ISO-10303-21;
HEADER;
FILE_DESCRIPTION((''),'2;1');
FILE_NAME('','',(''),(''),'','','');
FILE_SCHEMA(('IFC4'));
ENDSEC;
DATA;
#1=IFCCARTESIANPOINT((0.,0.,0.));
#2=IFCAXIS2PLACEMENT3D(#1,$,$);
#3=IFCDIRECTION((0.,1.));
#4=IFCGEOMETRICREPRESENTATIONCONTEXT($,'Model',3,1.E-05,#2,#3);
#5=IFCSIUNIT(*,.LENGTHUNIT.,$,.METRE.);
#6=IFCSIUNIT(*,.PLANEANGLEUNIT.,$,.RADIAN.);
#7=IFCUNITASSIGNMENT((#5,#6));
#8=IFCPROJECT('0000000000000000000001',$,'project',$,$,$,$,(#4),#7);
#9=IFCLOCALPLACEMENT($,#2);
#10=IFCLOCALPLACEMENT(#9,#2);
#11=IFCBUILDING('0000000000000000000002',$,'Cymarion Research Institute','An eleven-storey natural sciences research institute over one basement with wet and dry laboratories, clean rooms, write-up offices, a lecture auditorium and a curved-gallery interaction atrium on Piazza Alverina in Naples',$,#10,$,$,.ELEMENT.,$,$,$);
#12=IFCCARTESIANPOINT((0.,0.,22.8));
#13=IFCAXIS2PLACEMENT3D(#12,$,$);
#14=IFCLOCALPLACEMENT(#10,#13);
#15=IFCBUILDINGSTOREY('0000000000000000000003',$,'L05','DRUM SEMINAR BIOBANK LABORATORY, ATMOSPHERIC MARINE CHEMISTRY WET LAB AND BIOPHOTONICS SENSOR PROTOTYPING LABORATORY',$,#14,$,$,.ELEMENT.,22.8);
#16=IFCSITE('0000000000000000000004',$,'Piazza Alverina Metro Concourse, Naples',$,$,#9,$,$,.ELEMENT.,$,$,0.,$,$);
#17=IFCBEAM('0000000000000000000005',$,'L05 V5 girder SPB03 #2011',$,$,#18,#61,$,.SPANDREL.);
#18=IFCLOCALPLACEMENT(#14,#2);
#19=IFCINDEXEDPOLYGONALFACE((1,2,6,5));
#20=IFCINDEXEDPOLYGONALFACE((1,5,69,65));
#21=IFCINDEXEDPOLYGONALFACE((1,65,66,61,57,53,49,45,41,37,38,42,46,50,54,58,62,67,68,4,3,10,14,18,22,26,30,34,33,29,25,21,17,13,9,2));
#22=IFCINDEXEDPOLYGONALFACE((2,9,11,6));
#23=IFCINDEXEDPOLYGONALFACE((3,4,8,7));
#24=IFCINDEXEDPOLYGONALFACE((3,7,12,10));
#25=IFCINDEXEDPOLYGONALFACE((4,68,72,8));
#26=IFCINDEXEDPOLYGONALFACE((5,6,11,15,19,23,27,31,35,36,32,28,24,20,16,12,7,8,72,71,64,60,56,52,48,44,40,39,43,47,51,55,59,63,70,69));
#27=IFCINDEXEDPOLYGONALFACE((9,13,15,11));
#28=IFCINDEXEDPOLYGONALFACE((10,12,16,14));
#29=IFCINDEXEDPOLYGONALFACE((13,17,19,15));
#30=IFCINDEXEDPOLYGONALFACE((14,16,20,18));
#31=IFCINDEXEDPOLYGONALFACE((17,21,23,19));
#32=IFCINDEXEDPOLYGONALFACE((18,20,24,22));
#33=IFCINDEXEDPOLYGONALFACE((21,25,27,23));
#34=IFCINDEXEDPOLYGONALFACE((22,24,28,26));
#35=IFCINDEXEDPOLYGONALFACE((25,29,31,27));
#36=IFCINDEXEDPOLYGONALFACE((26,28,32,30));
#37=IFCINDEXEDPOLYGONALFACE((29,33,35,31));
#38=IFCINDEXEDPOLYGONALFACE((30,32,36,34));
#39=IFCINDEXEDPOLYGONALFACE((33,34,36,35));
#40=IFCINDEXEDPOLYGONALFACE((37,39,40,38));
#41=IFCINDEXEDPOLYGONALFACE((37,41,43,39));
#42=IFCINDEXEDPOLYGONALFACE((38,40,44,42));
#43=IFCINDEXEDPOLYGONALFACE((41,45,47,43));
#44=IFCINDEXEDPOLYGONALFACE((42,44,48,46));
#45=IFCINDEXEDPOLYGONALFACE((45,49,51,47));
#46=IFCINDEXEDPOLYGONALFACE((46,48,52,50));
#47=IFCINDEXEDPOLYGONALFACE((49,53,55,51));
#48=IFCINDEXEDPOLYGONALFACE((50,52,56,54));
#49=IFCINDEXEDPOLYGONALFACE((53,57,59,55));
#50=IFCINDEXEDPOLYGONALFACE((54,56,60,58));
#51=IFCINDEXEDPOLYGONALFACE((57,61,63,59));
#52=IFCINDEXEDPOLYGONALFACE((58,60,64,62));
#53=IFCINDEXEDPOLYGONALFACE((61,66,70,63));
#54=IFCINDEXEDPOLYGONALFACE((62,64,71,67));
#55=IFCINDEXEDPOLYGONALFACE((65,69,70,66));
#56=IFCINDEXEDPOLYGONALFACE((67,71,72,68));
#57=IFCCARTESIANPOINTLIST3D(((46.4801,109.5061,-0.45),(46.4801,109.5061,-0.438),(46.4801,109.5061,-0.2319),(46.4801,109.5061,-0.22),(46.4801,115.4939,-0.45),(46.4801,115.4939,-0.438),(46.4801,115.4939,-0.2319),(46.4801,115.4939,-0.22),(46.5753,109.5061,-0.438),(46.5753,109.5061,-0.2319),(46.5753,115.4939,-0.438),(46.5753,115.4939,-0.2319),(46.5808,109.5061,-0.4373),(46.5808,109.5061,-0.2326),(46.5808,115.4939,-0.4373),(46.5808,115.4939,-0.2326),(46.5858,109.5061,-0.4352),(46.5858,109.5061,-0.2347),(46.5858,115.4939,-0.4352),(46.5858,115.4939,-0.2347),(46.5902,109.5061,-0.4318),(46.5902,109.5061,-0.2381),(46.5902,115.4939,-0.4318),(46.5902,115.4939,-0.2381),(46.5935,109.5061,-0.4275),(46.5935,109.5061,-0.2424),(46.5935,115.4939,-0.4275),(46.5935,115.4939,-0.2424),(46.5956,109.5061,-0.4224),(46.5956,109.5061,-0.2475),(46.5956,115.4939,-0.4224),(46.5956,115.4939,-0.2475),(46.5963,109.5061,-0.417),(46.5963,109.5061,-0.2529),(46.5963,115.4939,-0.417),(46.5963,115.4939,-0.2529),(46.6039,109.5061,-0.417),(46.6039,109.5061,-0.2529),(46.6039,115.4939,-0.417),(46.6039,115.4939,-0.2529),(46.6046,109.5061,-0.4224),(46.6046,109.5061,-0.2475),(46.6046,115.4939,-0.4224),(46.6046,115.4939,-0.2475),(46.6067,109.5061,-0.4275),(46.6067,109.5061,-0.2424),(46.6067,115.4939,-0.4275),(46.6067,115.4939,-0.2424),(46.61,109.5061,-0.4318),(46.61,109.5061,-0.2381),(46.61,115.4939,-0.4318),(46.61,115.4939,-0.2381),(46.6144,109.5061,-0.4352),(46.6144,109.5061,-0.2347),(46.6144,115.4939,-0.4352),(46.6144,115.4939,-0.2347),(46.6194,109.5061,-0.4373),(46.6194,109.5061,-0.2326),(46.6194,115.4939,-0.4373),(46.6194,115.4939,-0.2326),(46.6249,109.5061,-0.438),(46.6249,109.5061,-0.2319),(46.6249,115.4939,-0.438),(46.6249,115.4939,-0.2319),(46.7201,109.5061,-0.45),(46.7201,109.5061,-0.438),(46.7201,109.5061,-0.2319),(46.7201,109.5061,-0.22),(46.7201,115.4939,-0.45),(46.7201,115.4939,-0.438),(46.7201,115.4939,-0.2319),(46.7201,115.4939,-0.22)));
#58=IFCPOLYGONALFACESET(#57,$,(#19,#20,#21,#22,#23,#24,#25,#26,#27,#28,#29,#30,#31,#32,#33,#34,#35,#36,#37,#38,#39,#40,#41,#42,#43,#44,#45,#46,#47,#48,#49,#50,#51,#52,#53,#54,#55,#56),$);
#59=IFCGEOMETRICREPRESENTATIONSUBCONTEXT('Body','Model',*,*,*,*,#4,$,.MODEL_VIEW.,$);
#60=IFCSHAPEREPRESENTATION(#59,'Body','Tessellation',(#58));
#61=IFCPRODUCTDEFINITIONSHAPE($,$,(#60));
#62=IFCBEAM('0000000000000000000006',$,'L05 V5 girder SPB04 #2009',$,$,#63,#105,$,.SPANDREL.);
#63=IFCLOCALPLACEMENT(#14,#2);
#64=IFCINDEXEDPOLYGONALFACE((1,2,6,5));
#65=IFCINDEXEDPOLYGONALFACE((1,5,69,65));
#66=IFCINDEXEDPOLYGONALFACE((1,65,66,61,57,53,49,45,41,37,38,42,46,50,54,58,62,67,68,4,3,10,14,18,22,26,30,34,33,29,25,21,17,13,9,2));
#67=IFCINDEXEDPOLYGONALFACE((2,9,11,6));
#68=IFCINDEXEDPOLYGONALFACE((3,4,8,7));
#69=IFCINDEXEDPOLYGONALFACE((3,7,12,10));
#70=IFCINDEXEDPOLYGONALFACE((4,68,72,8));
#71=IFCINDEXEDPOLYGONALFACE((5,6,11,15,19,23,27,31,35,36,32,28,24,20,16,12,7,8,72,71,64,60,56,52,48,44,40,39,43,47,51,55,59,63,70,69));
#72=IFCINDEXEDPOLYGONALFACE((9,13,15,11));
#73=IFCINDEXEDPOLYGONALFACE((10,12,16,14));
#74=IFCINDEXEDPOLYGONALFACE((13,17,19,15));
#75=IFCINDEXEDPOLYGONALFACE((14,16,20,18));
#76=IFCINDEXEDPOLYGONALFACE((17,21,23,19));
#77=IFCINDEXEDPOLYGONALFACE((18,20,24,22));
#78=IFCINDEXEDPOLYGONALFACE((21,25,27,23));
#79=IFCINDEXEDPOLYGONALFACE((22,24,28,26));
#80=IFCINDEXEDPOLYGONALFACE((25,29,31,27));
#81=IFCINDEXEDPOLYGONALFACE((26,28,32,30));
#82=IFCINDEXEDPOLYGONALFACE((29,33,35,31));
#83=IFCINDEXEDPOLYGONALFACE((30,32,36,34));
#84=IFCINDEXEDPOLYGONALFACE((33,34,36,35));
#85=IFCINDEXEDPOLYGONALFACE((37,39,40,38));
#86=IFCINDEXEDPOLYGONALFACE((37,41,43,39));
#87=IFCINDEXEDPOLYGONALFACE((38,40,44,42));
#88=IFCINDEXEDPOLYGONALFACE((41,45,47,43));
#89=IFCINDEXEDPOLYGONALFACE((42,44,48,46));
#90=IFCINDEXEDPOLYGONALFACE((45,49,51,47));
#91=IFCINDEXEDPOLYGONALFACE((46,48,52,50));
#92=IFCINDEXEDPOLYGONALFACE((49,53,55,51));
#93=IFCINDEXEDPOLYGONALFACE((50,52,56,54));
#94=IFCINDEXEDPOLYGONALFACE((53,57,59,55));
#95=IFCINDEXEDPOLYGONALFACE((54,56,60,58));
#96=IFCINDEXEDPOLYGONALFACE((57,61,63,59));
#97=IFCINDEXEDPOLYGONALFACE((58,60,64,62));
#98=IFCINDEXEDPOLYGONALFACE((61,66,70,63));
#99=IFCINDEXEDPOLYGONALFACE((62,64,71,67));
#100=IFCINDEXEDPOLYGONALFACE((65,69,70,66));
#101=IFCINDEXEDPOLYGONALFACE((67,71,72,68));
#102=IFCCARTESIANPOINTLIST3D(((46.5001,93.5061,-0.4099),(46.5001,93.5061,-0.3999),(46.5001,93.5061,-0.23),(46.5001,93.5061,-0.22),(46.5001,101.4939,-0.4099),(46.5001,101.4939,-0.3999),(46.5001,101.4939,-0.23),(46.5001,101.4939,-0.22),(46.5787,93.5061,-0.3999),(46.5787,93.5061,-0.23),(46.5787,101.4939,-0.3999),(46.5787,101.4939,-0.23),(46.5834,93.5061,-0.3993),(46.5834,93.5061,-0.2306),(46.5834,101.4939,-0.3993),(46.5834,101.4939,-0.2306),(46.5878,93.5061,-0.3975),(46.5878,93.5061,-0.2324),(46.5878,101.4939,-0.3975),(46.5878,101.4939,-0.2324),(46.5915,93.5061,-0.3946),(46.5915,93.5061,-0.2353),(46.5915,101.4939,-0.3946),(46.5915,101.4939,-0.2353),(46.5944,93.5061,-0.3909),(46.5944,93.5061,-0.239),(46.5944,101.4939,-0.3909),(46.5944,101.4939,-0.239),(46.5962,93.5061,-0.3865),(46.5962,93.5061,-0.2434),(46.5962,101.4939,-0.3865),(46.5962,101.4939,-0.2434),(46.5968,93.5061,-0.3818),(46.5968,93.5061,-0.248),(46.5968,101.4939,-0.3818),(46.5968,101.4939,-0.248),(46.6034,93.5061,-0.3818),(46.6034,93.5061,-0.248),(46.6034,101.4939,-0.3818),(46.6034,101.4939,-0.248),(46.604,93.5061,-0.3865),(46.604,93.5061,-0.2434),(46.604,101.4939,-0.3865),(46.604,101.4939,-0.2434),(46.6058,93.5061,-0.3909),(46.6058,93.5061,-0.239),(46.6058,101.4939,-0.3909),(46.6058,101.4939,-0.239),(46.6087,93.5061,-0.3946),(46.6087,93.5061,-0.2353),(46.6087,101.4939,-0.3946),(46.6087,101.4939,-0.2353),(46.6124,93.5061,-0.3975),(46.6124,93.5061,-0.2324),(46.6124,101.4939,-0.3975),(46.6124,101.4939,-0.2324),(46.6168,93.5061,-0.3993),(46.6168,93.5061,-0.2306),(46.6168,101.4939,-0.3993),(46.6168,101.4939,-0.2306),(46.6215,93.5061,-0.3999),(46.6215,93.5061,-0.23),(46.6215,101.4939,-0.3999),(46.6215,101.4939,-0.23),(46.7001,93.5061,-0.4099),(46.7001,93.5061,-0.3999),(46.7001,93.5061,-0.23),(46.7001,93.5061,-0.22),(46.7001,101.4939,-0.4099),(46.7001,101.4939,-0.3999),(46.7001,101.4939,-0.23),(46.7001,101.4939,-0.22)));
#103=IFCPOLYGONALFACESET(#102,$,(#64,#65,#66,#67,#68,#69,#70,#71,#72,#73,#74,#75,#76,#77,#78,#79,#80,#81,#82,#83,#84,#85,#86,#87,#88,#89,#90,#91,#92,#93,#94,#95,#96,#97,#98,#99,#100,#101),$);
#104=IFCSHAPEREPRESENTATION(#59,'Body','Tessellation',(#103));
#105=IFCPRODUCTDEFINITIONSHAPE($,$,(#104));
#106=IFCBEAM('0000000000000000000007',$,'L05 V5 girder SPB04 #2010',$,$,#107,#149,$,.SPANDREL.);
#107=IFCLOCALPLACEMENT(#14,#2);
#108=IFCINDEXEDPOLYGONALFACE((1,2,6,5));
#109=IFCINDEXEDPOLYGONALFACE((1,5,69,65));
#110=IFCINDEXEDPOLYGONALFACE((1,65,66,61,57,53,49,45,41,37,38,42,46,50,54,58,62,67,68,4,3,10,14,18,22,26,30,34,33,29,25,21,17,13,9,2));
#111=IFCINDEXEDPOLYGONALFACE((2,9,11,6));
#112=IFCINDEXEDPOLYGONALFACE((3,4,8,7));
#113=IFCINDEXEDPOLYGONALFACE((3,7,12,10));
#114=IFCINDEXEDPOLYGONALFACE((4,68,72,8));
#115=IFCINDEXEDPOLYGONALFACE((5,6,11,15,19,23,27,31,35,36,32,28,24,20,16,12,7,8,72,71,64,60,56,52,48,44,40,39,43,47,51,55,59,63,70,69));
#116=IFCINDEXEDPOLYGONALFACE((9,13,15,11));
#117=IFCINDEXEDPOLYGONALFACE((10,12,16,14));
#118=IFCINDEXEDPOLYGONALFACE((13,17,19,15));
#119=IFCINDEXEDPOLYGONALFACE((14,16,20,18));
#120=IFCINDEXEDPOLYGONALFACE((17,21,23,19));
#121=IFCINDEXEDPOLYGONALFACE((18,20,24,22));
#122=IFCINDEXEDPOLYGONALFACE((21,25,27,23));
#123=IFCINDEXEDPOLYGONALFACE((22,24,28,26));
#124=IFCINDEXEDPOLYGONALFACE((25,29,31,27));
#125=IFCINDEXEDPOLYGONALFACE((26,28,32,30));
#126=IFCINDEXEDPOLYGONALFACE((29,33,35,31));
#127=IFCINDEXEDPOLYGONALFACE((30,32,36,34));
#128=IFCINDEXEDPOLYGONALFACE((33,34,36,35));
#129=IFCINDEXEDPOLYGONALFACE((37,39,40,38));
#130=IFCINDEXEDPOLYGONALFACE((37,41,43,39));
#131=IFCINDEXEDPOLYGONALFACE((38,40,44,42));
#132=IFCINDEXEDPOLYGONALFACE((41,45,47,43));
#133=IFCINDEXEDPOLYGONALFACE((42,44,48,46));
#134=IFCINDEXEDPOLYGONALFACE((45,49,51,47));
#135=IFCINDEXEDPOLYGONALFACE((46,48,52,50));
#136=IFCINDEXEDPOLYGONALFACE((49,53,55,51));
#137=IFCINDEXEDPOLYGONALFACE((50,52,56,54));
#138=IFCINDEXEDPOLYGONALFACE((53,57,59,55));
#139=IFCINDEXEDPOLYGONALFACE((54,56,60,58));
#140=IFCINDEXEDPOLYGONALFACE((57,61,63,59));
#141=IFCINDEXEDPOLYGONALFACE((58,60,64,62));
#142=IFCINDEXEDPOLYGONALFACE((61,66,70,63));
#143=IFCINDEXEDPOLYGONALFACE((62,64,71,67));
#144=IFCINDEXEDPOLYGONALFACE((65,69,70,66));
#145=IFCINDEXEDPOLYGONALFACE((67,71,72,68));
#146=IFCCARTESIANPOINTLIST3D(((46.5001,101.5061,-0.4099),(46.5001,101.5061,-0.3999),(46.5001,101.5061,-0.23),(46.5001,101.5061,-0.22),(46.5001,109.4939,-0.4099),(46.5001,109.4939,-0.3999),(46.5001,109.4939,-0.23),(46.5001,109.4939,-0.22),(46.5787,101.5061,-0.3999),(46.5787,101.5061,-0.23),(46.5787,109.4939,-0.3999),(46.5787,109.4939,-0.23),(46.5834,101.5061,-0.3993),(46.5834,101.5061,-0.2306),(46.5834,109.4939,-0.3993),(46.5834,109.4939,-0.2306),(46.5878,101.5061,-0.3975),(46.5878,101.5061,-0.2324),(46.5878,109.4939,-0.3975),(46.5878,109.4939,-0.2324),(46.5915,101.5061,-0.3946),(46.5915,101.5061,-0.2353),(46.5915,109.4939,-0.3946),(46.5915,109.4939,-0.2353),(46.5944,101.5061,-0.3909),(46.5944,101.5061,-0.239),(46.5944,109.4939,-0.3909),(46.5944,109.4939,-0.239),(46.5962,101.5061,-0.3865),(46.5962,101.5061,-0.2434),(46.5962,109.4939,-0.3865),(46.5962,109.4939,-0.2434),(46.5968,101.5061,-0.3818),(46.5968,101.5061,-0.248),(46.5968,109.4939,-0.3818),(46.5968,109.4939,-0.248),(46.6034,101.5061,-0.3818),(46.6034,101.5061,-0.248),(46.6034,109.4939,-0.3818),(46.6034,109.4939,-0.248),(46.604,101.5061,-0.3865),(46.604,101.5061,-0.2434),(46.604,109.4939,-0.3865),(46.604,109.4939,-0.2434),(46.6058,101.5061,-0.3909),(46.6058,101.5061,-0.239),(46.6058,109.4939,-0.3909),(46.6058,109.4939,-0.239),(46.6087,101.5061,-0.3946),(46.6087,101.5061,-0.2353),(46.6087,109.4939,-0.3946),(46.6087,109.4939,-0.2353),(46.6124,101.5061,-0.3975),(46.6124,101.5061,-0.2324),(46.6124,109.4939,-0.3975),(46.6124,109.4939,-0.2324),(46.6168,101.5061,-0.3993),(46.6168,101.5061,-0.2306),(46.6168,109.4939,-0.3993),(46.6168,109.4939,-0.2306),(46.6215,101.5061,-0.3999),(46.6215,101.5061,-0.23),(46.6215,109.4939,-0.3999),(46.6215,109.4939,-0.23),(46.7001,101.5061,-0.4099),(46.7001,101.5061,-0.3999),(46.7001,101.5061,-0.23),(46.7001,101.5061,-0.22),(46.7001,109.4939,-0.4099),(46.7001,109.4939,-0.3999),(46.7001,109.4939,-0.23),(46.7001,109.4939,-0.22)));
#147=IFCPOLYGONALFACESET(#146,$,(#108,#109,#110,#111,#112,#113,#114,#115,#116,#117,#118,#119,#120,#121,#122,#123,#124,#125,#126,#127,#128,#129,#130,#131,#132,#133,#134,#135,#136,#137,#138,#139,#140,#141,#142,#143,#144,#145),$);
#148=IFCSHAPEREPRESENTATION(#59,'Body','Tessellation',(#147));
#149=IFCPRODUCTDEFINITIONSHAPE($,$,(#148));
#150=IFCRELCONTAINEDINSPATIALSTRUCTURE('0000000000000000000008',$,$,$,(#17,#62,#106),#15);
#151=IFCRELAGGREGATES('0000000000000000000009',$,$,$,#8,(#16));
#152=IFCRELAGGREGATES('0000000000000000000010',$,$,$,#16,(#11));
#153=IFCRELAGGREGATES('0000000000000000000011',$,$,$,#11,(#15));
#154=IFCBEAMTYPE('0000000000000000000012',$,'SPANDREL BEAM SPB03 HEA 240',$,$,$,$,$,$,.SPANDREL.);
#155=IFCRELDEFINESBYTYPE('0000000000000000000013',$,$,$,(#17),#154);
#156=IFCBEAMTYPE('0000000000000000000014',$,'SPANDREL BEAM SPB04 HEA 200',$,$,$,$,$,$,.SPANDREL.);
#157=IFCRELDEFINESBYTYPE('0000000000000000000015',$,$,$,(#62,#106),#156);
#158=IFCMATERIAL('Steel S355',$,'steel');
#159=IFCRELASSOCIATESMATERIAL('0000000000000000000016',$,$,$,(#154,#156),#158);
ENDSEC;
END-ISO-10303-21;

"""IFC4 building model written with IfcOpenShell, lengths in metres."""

from ifc_helpers import new_model, si_unit, direction, frame, origin, origin_2d, place, context, subcontext, project, spatial, i_section, extrude, material, material_profile, profile_set, type_object, element, save


model = new_model("IFC4")

# Units and contexts
model_context = context("Model", 3, precision=1e-05, world=origin(), true_north=direction((0.0, 1.0)))
body_context = subcontext(model_context, "Body", "Model", "MODEL_VIEW")
ifc_project = project(units=[si_unit("LENGTHUNIT", "METRE"), si_unit("PLANEANGLEUNIT", "RADIAN")], contexts=[model_context])

# Site, building, storey
site_placement = place(None, origin())
site = spatial("IfcSite", under=ifc_project, at=site_placement, Name="Piazza Alverina Metro Concourse, Naples", CompositionType="ELEMENT", RefElevation=0.0)
building_placement = place(site_placement, origin())
building = spatial("IfcBuilding", under=site, at=building_placement, Name="Cymarion Research Institute", Description="An eleven-storey natural sciences research institute over one basement with wet and dry laboratories, clean rooms, write-up offices, a lecture auditorium and a curved-gallery interaction atrium on Piazza Alverina in Naples", CompositionType="ELEMENT")
storey_placement = place(building_placement, frame((0.0, 0.0, 22.8)))
storey = spatial("IfcBuildingStorey", under=building, at=storey_placement, Name="L05", Description="DRUM SEMINAR BIOBANK LABORATORY, ATMOSPHERIC MARINE CHEMISTRY WET LAB AND BIOPHOTONICS SENSOR PROTOTYPING LABORATORY", CompositionType="ELEMENT", Elevation=22.8)

# Shared definitions
ifc_material_1 = material(Name="Steel S355", Category="steel")

# Beams
ifc_material_profile_1 = material_profile(ifc_material_1, i_section(OverallWidth=0.24, OverallDepth=0.23, WebThickness=0.0076, FlangeThickness=0.012, FilletRadius=0.021, at=origin_2d()), Name="HEA 240")
ifc_profile_set_1 = profile_set([ifc_material_profile_1], Name="Steel S355")
beam_type_1 = type_object("IfcBeamType", Name="SPANDREL BEAM SPB03 HEA 240", PredefinedType="SPANDREL", material=ifc_profile_set_1)
beam_placement = place(storey_placement, frame((46.6001, 109.5061, -0.335), z_axis=(0.0, 1.0, 0.0), x_axis=(-1.0, 0.0, 0.0)))
element("IfcBeam", 1, at=beam_placement, inside=storey, type_object=beam_type_1, Name="L05 V5 girder SPB03 #2011", PredefinedType="SPANDREL", context=body_context, shape_type="SweptSolid", body=[
    extrude(i_section(OverallWidth=0.24, OverallDepth=0.23, WebThickness=0.0076, FlangeThickness=0.012, FilletRadius=0.021, at=origin_2d()), origin(), (0.0, 0.0, 1.0), 5.9878),
])
ifc_material_profile_2 = material_profile(ifc_material_1, i_section(OverallWidth=0.2, OverallDepth=0.1899, WebThickness=0.0066, FlangeThickness=0.01, FilletRadius=0.0181, at=origin_2d()), Name="HEA 200")
ifc_profile_set_2 = profile_set([ifc_material_profile_2], Name="Steel S355")
beam_type_2 = type_object("IfcBeamType", Name="SPANDREL BEAM SPB04 HEA 200", PredefinedType="SPANDREL", material=ifc_profile_set_2)
for number, where, z_axis, x_axis, name in (
    (2, (46.6001, 93.5061, -0.3149), (0.0, 1.0, 0.0), (-1.0, 0.0, 0.0), "L05 V5 girder SPB04 #2009"),
    (3, (46.6001, 101.5061, -0.3149), (0.0, 1.0, 0.0), (-1.0, 0.0, 0.0), "L05 V5 girder SPB04 #2010"),
):
    element("IfcBeam", number, at=place(storey_placement, frame(where, z_axis=z_axis, x_axis=x_axis)), inside=storey, type_object=beam_type_2, Name=name, PredefinedType="SPANDREL", context=body_context, shape_type="SweptSolid", body=[
        extrude(i_section(OverallWidth=0.2, OverallDepth=0.1899, WebThickness=0.0066, FlangeThickness=0.01, FilletRadius=0.0181, at=origin_2d()), origin(), (0.0, 0.0, 1.0), 7.9878),
    ])

save(model, "model.ifc")
